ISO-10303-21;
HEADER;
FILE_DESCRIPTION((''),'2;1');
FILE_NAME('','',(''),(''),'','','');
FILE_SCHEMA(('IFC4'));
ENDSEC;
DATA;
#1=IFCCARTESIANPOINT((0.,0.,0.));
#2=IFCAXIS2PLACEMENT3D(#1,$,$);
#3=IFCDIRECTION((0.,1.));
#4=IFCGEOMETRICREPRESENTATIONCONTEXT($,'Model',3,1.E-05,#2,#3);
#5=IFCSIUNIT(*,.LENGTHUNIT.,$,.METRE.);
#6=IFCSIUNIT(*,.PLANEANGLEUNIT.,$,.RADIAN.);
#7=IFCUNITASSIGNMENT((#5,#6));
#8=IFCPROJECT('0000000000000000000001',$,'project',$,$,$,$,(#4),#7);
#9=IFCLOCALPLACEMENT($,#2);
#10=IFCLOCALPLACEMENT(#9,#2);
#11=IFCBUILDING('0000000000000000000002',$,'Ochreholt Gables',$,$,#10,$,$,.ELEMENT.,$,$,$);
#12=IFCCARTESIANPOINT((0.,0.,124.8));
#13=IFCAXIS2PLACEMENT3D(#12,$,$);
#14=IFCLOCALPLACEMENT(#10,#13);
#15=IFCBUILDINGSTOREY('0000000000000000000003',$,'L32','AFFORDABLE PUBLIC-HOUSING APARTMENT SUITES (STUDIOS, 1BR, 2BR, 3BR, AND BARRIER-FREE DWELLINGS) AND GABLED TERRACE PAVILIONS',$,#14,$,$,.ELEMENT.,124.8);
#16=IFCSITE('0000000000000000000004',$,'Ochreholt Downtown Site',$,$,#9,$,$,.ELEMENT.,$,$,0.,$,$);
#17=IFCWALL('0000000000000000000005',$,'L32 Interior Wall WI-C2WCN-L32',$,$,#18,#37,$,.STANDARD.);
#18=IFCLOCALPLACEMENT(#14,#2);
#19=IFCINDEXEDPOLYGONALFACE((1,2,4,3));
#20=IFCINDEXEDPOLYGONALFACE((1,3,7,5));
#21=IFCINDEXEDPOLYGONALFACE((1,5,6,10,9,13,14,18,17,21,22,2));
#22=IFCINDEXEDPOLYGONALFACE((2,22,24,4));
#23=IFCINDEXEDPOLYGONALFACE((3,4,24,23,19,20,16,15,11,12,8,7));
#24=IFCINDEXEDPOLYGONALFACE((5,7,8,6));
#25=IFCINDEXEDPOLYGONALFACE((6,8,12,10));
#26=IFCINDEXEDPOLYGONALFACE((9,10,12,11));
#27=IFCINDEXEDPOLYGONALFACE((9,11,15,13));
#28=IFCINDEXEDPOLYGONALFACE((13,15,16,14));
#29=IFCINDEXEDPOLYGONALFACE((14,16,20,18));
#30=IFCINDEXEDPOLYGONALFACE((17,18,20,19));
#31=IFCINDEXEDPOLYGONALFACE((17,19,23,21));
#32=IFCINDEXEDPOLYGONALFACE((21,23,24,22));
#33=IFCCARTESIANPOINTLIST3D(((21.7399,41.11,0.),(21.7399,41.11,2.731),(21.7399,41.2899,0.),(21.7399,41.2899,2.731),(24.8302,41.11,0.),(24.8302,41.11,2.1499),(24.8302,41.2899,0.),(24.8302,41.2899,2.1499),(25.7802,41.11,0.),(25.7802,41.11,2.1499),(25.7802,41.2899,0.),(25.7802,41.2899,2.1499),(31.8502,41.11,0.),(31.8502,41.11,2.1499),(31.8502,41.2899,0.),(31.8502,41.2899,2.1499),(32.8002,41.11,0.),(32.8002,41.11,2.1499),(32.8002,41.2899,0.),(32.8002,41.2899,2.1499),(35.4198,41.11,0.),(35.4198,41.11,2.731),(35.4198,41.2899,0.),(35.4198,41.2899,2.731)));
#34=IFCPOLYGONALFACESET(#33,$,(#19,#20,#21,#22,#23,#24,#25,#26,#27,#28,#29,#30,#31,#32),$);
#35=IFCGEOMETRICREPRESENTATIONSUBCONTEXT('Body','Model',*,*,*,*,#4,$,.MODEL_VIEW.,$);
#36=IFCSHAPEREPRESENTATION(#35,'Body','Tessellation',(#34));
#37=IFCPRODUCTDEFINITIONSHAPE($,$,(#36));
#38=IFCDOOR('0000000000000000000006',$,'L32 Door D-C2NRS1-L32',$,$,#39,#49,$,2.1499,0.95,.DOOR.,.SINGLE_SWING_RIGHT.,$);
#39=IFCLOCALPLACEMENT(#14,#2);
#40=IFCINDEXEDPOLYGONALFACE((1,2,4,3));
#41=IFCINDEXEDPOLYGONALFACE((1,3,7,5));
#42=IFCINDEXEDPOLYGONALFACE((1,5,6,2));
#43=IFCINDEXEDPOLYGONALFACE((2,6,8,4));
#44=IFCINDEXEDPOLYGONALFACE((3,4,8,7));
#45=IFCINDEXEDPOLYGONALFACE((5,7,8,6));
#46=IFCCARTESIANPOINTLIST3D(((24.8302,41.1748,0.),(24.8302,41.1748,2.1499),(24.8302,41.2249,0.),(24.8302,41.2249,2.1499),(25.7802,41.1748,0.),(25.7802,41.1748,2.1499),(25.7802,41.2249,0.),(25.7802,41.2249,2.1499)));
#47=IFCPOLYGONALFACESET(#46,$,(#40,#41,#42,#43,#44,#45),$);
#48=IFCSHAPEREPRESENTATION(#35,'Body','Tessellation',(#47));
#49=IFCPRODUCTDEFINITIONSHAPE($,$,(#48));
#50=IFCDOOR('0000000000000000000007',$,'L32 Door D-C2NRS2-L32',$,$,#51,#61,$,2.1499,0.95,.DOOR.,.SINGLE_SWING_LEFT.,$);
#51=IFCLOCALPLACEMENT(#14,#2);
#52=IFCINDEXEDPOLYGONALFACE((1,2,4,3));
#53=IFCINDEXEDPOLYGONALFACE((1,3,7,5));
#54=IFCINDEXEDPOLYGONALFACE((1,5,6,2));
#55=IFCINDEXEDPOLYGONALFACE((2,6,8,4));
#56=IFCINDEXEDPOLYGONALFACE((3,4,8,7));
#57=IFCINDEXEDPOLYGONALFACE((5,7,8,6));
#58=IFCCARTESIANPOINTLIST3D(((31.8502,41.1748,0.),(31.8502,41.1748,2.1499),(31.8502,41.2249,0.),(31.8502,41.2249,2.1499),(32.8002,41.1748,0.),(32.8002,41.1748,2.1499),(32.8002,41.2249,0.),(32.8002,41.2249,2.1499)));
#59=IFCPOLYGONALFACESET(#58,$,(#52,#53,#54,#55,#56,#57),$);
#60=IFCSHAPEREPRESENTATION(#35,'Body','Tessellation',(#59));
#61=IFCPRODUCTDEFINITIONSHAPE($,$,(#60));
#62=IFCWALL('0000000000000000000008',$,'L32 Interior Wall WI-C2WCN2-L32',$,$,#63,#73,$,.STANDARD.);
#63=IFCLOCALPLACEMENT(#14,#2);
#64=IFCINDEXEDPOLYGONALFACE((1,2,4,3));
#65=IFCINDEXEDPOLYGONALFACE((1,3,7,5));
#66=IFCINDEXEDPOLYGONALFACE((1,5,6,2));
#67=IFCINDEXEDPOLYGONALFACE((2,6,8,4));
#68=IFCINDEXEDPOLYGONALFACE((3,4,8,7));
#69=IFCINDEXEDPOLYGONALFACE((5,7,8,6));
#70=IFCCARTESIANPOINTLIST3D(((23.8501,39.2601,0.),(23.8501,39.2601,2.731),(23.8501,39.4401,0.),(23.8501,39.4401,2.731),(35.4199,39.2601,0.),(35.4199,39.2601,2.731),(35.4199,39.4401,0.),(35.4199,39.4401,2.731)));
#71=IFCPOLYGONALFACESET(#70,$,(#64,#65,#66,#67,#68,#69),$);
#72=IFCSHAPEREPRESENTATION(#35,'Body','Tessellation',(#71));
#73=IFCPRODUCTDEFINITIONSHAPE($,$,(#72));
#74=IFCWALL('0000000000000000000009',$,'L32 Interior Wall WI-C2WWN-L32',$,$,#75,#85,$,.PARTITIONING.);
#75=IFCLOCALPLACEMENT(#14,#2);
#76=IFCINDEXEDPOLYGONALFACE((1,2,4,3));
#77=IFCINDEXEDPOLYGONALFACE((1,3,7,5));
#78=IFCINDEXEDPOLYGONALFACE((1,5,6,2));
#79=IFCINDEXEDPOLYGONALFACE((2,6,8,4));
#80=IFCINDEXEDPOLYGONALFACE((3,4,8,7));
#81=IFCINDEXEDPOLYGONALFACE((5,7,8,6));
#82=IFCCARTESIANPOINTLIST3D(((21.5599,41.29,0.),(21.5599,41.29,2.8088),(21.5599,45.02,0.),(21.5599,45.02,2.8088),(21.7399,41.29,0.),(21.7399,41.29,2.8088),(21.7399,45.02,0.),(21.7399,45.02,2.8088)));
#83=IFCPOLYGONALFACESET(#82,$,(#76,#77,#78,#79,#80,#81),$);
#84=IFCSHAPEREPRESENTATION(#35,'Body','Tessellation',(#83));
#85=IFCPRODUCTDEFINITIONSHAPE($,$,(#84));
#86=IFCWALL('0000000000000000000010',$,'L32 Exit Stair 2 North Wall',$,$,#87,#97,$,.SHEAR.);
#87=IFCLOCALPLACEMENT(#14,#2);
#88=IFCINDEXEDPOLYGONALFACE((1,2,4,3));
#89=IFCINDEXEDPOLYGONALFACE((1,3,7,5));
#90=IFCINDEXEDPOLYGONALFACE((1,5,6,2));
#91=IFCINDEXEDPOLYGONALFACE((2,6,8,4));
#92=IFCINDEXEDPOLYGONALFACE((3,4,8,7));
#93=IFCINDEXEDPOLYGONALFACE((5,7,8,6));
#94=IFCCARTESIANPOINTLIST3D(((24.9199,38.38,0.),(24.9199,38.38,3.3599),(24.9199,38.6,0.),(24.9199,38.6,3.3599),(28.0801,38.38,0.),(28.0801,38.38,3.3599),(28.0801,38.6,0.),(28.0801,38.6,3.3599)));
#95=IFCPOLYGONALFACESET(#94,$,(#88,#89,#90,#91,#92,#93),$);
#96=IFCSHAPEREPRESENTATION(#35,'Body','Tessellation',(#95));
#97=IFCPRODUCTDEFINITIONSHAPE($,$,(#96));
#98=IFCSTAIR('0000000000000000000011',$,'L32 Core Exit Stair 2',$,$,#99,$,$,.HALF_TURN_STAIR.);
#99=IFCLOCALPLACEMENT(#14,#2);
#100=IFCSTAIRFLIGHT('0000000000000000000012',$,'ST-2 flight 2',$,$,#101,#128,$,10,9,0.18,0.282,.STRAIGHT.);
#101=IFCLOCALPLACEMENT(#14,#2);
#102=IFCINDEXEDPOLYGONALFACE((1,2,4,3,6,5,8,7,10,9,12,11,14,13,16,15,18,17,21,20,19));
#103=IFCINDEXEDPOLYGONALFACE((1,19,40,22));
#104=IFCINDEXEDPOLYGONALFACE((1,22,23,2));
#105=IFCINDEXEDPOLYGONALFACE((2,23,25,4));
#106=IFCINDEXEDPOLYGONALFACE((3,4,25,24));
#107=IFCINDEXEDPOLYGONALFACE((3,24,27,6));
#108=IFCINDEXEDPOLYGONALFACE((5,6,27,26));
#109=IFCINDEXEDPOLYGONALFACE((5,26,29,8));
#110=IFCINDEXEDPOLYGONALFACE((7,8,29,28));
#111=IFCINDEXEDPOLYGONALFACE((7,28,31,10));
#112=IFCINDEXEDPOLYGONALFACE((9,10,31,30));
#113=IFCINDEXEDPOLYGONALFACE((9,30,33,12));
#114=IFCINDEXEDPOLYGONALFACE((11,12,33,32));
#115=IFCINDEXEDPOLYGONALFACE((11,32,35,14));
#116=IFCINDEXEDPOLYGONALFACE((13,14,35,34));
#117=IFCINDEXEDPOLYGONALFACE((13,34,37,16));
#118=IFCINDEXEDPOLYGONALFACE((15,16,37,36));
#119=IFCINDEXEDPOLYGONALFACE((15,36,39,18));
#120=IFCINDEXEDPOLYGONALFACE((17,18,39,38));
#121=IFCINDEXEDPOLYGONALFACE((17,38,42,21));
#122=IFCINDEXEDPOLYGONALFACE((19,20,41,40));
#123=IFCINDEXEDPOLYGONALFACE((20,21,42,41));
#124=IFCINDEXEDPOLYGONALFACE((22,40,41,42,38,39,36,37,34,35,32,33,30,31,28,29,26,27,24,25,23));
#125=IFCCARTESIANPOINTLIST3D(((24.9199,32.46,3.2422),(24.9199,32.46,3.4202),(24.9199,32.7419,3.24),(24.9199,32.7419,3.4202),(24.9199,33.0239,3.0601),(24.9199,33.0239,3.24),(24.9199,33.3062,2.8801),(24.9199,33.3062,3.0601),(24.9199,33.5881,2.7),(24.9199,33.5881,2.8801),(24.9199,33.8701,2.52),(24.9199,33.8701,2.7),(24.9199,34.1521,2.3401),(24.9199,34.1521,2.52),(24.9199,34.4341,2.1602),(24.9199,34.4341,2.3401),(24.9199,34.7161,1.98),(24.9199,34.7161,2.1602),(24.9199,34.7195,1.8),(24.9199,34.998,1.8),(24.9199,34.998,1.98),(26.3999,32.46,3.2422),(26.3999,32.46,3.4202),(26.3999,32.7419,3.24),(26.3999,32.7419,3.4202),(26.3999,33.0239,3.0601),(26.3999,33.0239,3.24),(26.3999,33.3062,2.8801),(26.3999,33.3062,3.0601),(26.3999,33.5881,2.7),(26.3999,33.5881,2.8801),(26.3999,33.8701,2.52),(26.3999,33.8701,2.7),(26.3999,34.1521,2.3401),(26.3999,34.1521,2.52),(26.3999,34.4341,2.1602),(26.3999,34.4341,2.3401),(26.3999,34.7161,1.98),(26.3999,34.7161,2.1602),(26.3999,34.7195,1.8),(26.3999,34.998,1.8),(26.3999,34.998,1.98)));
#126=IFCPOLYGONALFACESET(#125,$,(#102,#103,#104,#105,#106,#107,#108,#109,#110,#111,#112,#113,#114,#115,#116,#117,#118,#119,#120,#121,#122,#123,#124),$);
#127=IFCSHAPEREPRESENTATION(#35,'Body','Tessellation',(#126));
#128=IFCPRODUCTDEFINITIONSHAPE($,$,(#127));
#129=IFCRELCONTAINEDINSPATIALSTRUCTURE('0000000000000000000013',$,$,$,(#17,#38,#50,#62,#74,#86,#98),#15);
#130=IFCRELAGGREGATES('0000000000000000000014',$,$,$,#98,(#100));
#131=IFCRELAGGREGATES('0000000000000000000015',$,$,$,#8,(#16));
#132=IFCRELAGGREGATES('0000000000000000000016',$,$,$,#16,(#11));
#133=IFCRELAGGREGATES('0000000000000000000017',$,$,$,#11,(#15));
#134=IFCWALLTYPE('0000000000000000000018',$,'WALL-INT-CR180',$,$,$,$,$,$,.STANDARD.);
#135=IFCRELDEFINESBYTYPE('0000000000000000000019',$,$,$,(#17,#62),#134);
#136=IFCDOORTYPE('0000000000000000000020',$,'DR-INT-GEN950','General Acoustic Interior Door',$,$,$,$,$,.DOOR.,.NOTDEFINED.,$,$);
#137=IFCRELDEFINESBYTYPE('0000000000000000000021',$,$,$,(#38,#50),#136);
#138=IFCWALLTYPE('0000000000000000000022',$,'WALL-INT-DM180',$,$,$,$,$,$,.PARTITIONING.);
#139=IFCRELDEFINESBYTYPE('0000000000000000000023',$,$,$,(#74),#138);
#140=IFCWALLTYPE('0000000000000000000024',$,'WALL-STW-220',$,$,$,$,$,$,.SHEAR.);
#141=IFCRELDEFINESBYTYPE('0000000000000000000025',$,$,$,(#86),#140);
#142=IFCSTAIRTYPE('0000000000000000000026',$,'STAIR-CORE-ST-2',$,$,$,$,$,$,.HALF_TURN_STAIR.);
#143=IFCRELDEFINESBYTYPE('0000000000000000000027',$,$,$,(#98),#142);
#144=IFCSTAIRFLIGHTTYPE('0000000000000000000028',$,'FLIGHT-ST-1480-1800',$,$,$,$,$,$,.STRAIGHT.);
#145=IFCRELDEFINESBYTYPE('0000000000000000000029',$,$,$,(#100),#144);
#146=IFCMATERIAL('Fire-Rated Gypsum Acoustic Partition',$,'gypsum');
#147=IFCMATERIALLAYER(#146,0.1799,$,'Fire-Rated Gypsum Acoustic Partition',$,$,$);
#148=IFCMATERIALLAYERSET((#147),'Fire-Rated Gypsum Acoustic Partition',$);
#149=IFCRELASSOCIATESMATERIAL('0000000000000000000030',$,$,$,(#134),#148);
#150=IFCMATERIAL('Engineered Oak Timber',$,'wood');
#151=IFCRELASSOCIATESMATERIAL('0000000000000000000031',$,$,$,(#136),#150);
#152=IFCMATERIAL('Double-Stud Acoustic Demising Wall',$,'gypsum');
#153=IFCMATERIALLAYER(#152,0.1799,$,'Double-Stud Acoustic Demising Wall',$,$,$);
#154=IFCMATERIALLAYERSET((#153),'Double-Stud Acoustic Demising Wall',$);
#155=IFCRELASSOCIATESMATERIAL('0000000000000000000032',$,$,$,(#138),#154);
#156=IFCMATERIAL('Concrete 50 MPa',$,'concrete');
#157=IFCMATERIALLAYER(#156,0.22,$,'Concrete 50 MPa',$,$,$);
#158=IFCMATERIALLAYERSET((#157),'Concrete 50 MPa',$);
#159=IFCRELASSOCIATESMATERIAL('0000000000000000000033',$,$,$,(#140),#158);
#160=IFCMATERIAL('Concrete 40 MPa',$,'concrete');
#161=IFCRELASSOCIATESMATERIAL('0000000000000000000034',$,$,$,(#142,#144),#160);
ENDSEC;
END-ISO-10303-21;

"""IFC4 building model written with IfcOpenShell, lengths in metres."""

from ifc_helpers import new_model, si_unit, direction, frame, frame_2d, origin, place, context, subcontext, project, spatial, polyline, rectangle, outline, extrude, material, layer, layer_set, type_object, element, fill, aggregate, save


model = new_model("IFC4")

# Units and contexts
model_context = context("Model", 3, precision=1e-05, world=origin(), true_north=direction((0.0, 1.0)))
body_context = subcontext(model_context, "Body", "Model", "MODEL_VIEW")
ifc_project = project(units=[si_unit("LENGTHUNIT", "METRE"), si_unit("PLANEANGLEUNIT", "RADIAN")], contexts=[model_context])

# Site, building, storey
site_placement = place(None, origin())
site = spatial("IfcSite", under=ifc_project, at=site_placement, Name="Ochreholt Downtown Site", CompositionType="ELEMENT", RefElevation=0.0)
building_placement = place(site_placement, origin())
building = spatial("IfcBuilding", under=site, at=building_placement, Name="Ochreholt Gables", CompositionType="ELEMENT")
storey_placement = place(building_placement, frame((0.0, 0.0, 124.8)))
storey = spatial("IfcBuildingStorey", under=building, at=storey_placement, Name="L32", Description="AFFORDABLE PUBLIC-HOUSING APARTMENT SUITES (STUDIOS, 1BR, 2BR, 3BR, AND BARRIER-FREE DWELLINGS) AND GABLED TERRACE PAVILIONS", CompositionType="ELEMENT", Elevation=124.8)

# Wall, openings, doors
ifc_material_1 = material(Name="Fire-Rated Gypsum Acoustic Partition", Category="gypsum")
ifc_layer_1 = layer(ifc_material_1, 0.1799, Name="Fire-Rated Gypsum Acoustic Partition")
ifc_layer_set_1 = layer_set([ifc_layer_1], Name="Fire-Rated Gypsum Acoustic Partition")
wall_type_1 = type_object("IfcWallType", Name="WALL-INT-CR180", PredefinedType="STANDARD", material=ifc_layer_set_1)
wall_1_placement = place(storey_placement, frame((21.74, 41.2, 0.0), z_axis=(0.0, 0.0, 1.0), x_axis=(1.0, 0.0, 0.0)))
wall_1 = element("IfcWall", 1, at=wall_1_placement, inside=storey, type_object=wall_type_1, Name="L32 Interior Wall WI-C2WCN-L32", PredefinedType="STANDARD", context=body_context, shape_type="SweptSolid", body=[
    extrude(rectangle(XDim=13.6799, YDim=0.1799, at=frame_2d((6.8398, 0.0))), origin(), (0.0, 0.0, 1.0), 2.731),
])
opening_1_placement = place(wall_1_placement, frame((3.0901, 0.0, 0.0)))
opening_1 = element("IfcOpeningElement", 2, at=opening_1_placement, cuts=wall_1, PredefinedType="OPENING", context=body_context, shape_type="SweptSolid", body=[
    extrude(rectangle(XDim=0.95, YDim=2.1499, at=frame_2d((0.4751, 1.075))), frame((0.0, 0.0999, 0.0), z_axis=(0.0, -1.0, 0.0), x_axis=(1.0, 0.0, 0.0)), (0.0, 0.0, 1.0), 0.2),
])
opening_2_placement = place(wall_1_placement, frame((10.1101, 0.0, 0.0)))
opening_2 = element("IfcOpeningElement", 3, at=opening_2_placement, cuts=wall_1, PredefinedType="OPENING", context=body_context, shape_type="SweptSolid", body=[
    extrude(rectangle(XDim=0.95, YDim=2.1499, at=frame_2d((0.4751, 1.075))), frame((0.0, 0.0999, 0.0), z_axis=(0.0, -1.0, 0.0), x_axis=(1.0, 0.0, 0.0)), (0.0, 0.0, 1.0), 0.2),
])
ifc_material_2 = material(Name="Engineered Oak Timber", Category="wood")
door_type_1 = type_object("IfcDoorType", Name="DR-INT-GEN950", Description="General Acoustic Interior Door", OperationType="NOTDEFINED", PredefinedType="DOOR", material=ifc_material_2)
door_1_placement = place(opening_1_placement, origin())
door_1 = element("IfcDoor", 4, at=door_1_placement, inside=storey, type_object=door_type_1, Name="L32 Door D-C2NRS1-L32", OperationType="SINGLE_SWING_RIGHT", OverallHeight=2.1499, OverallWidth=0.95, PredefinedType="DOOR", context=body_context, shape_type="SweptSolid", body=[
    extrude(rectangle(XDim=0.95, YDim=2.1499, at=frame_2d((0.4751, 1.075))), frame((0.0, 0.0249, 0.0), z_axis=(0.0, -1.0, 0.0), x_axis=(1.0, 0.0, 0.0)), (0.0, 0.0, 1.0), 0.05),
])
fill(opening_1, door_1)
door_2_placement = place(opening_2_placement, origin())
door_2 = element("IfcDoor", 5, at=door_2_placement, inside=storey, type_object=door_type_1, Name="L32 Door D-C2NRS2-L32", OperationType="SINGLE_SWING_LEFT", OverallHeight=2.1499, OverallWidth=0.95, PredefinedType="DOOR", context=body_context, shape_type="SweptSolid", body=[
    extrude(rectangle(XDim=0.95, YDim=2.1499, at=frame_2d((0.4751, 1.075))), frame((0.0, 0.0249, 0.0), z_axis=(0.0, -1.0, 0.0), x_axis=(1.0, 0.0, 0.0)), (0.0, 0.0, 1.0), 0.05),
])
fill(opening_2, door_2)

# Walls
wall_2_placement = place(storey_placement, frame((23.8501, 39.3501, 0.0), z_axis=(0.0, 0.0, 1.0), x_axis=(1.0, 0.0, 0.0)))
element("IfcWall", 6, at=wall_2_placement, inside=storey, type_object=wall_type_1, Name="L32 Interior Wall WI-C2WCN2-L32", PredefinedType="STANDARD", context=body_context, shape_type="SweptSolid", body=[
    extrude(rectangle(XDim=11.5698, YDim=0.1799, at=frame_2d((5.7849, 0.0))), origin(), (0.0, 0.0, 1.0), 2.731),
])
ifc_material_3 = material(Name="Double-Stud Acoustic Demising Wall", Category="gypsum")
ifc_layer_2 = layer(ifc_material_3, 0.1799, Name="Double-Stud Acoustic Demising Wall")
ifc_layer_set_2 = layer_set([ifc_layer_2], Name="Double-Stud Acoustic Demising Wall")
wall_type_2 = type_object("IfcWallType", Name="WALL-INT-DM180", PredefinedType="PARTITIONING", material=ifc_layer_set_2)
wall_3_placement = place(storey_placement, frame((21.6499, 41.29, 0.0), z_axis=(0.0, 0.0, 1.0), x_axis=(0.0, 1.0, 0.0)))
element("IfcWall", 7, at=wall_3_placement, inside=storey, type_object=wall_type_2, Name="L32 Interior Wall WI-C2WWN-L32", PredefinedType="PARTITIONING", context=body_context, shape_type="SweptSolid", body=[
    extrude(rectangle(XDim=3.73, YDim=0.1799, at=frame_2d((1.865, 0.0))), origin(), (0.0, 0.0, 1.0), 2.8088),
])
ifc_material_4 = material(Name="Concrete 50 MPa", Category="concrete")
ifc_layer_3 = layer(ifc_material_4, 0.22, Name="Concrete 50 MPa")
ifc_layer_set_3 = layer_set([ifc_layer_3], Name="Concrete 50 MPa")
wall_type_3 = type_object("IfcWallType", Name="WALL-STW-220", PredefinedType="SHEAR", material=ifc_layer_set_3)
wall_4_placement = place(storey_placement, frame((24.9199, 38.49, 0.0), z_axis=(0.0, 0.0, 1.0), x_axis=(1.0, 0.0, 0.0)))
element("IfcWall", 8, at=wall_4_placement, inside=storey, type_object=wall_type_3, Name="L32 Exit Stair 2 North Wall", PredefinedType="SHEAR", context=body_context, shape_type="SweptSolid", body=[
    extrude(rectangle(XDim=3.1602, YDim=0.22, at=frame_2d((1.5801, 0.0))), origin(), (0.0, 0.0, 1.0), 3.3599),
])

# Stair, stair flight
ifc_material_5 = material(Name="Concrete 40 MPa", Category="concrete")
stair_type = type_object("IfcStairType", Name="STAIR-CORE-ST-2", PredefinedType="HALF_TURN_STAIR", material=ifc_material_5)
stair_placement = place(storey_placement, origin())
stair = element("IfcStair", 9, at=stair_placement, inside=storey, type_object=stair_type, Name="L32 Core Exit Stair 2", PredefinedType="HALF_TURN_STAIR")
stair_flight_type = type_object("IfcStairFlightType", Name="FLIGHT-ST-1480-1800", PredefinedType="STRAIGHT", material=ifc_material_5)
stair_flight_placement = place(storey_placement, frame((25.6599, 34.998, 1.8), z_axis=(0.0, 0.0, 1.0), x_axis=(0.0, -1.0, 0.0)))
stair_flight = element("IfcStairFlight", 10, at=stair_flight_placement, type_object=stair_flight_type, Name="ST-2 flight 2", NumberOfRisers=10, NumberOfTreads=9, PredefinedType="STRAIGHT", RiserHeight=0.18, TreadLength=0.282, context=body_context, shape_type="SweptSolid", body=[
    extrude(outline(polyline([(0.0, 0.0), (0.0, 0.1799), (0.282, 0.1799), (0.282, 0.3601), (0.564, 0.3601), (0.564, 0.54), (0.8459, 0.54), (0.8459, 0.72), (1.1279, 0.72), (1.1279, 0.8999), (1.4099, 0.8999), (1.4099, 1.0801), (1.6919, 1.0801), (1.6919, 1.26), (1.9741, 1.26), (1.9741, 1.4399), (2.2561, 1.4399), (2.2561, 1.6201), (2.5381, 1.6201), (2.5381, 1.8), (2.5381, 1.4421), (0.2786, 0.0), (0.0, 0.0)])), frame((0.0, 0.74, 0.0), z_axis=(0.0, -1.0, 0.0), x_axis=(1.0, 0.0, 0.0)), (0.0, 0.0, 1.0), 1.48),
])
aggregate(stair, [stair_flight])

save(model, "model.ifc")
